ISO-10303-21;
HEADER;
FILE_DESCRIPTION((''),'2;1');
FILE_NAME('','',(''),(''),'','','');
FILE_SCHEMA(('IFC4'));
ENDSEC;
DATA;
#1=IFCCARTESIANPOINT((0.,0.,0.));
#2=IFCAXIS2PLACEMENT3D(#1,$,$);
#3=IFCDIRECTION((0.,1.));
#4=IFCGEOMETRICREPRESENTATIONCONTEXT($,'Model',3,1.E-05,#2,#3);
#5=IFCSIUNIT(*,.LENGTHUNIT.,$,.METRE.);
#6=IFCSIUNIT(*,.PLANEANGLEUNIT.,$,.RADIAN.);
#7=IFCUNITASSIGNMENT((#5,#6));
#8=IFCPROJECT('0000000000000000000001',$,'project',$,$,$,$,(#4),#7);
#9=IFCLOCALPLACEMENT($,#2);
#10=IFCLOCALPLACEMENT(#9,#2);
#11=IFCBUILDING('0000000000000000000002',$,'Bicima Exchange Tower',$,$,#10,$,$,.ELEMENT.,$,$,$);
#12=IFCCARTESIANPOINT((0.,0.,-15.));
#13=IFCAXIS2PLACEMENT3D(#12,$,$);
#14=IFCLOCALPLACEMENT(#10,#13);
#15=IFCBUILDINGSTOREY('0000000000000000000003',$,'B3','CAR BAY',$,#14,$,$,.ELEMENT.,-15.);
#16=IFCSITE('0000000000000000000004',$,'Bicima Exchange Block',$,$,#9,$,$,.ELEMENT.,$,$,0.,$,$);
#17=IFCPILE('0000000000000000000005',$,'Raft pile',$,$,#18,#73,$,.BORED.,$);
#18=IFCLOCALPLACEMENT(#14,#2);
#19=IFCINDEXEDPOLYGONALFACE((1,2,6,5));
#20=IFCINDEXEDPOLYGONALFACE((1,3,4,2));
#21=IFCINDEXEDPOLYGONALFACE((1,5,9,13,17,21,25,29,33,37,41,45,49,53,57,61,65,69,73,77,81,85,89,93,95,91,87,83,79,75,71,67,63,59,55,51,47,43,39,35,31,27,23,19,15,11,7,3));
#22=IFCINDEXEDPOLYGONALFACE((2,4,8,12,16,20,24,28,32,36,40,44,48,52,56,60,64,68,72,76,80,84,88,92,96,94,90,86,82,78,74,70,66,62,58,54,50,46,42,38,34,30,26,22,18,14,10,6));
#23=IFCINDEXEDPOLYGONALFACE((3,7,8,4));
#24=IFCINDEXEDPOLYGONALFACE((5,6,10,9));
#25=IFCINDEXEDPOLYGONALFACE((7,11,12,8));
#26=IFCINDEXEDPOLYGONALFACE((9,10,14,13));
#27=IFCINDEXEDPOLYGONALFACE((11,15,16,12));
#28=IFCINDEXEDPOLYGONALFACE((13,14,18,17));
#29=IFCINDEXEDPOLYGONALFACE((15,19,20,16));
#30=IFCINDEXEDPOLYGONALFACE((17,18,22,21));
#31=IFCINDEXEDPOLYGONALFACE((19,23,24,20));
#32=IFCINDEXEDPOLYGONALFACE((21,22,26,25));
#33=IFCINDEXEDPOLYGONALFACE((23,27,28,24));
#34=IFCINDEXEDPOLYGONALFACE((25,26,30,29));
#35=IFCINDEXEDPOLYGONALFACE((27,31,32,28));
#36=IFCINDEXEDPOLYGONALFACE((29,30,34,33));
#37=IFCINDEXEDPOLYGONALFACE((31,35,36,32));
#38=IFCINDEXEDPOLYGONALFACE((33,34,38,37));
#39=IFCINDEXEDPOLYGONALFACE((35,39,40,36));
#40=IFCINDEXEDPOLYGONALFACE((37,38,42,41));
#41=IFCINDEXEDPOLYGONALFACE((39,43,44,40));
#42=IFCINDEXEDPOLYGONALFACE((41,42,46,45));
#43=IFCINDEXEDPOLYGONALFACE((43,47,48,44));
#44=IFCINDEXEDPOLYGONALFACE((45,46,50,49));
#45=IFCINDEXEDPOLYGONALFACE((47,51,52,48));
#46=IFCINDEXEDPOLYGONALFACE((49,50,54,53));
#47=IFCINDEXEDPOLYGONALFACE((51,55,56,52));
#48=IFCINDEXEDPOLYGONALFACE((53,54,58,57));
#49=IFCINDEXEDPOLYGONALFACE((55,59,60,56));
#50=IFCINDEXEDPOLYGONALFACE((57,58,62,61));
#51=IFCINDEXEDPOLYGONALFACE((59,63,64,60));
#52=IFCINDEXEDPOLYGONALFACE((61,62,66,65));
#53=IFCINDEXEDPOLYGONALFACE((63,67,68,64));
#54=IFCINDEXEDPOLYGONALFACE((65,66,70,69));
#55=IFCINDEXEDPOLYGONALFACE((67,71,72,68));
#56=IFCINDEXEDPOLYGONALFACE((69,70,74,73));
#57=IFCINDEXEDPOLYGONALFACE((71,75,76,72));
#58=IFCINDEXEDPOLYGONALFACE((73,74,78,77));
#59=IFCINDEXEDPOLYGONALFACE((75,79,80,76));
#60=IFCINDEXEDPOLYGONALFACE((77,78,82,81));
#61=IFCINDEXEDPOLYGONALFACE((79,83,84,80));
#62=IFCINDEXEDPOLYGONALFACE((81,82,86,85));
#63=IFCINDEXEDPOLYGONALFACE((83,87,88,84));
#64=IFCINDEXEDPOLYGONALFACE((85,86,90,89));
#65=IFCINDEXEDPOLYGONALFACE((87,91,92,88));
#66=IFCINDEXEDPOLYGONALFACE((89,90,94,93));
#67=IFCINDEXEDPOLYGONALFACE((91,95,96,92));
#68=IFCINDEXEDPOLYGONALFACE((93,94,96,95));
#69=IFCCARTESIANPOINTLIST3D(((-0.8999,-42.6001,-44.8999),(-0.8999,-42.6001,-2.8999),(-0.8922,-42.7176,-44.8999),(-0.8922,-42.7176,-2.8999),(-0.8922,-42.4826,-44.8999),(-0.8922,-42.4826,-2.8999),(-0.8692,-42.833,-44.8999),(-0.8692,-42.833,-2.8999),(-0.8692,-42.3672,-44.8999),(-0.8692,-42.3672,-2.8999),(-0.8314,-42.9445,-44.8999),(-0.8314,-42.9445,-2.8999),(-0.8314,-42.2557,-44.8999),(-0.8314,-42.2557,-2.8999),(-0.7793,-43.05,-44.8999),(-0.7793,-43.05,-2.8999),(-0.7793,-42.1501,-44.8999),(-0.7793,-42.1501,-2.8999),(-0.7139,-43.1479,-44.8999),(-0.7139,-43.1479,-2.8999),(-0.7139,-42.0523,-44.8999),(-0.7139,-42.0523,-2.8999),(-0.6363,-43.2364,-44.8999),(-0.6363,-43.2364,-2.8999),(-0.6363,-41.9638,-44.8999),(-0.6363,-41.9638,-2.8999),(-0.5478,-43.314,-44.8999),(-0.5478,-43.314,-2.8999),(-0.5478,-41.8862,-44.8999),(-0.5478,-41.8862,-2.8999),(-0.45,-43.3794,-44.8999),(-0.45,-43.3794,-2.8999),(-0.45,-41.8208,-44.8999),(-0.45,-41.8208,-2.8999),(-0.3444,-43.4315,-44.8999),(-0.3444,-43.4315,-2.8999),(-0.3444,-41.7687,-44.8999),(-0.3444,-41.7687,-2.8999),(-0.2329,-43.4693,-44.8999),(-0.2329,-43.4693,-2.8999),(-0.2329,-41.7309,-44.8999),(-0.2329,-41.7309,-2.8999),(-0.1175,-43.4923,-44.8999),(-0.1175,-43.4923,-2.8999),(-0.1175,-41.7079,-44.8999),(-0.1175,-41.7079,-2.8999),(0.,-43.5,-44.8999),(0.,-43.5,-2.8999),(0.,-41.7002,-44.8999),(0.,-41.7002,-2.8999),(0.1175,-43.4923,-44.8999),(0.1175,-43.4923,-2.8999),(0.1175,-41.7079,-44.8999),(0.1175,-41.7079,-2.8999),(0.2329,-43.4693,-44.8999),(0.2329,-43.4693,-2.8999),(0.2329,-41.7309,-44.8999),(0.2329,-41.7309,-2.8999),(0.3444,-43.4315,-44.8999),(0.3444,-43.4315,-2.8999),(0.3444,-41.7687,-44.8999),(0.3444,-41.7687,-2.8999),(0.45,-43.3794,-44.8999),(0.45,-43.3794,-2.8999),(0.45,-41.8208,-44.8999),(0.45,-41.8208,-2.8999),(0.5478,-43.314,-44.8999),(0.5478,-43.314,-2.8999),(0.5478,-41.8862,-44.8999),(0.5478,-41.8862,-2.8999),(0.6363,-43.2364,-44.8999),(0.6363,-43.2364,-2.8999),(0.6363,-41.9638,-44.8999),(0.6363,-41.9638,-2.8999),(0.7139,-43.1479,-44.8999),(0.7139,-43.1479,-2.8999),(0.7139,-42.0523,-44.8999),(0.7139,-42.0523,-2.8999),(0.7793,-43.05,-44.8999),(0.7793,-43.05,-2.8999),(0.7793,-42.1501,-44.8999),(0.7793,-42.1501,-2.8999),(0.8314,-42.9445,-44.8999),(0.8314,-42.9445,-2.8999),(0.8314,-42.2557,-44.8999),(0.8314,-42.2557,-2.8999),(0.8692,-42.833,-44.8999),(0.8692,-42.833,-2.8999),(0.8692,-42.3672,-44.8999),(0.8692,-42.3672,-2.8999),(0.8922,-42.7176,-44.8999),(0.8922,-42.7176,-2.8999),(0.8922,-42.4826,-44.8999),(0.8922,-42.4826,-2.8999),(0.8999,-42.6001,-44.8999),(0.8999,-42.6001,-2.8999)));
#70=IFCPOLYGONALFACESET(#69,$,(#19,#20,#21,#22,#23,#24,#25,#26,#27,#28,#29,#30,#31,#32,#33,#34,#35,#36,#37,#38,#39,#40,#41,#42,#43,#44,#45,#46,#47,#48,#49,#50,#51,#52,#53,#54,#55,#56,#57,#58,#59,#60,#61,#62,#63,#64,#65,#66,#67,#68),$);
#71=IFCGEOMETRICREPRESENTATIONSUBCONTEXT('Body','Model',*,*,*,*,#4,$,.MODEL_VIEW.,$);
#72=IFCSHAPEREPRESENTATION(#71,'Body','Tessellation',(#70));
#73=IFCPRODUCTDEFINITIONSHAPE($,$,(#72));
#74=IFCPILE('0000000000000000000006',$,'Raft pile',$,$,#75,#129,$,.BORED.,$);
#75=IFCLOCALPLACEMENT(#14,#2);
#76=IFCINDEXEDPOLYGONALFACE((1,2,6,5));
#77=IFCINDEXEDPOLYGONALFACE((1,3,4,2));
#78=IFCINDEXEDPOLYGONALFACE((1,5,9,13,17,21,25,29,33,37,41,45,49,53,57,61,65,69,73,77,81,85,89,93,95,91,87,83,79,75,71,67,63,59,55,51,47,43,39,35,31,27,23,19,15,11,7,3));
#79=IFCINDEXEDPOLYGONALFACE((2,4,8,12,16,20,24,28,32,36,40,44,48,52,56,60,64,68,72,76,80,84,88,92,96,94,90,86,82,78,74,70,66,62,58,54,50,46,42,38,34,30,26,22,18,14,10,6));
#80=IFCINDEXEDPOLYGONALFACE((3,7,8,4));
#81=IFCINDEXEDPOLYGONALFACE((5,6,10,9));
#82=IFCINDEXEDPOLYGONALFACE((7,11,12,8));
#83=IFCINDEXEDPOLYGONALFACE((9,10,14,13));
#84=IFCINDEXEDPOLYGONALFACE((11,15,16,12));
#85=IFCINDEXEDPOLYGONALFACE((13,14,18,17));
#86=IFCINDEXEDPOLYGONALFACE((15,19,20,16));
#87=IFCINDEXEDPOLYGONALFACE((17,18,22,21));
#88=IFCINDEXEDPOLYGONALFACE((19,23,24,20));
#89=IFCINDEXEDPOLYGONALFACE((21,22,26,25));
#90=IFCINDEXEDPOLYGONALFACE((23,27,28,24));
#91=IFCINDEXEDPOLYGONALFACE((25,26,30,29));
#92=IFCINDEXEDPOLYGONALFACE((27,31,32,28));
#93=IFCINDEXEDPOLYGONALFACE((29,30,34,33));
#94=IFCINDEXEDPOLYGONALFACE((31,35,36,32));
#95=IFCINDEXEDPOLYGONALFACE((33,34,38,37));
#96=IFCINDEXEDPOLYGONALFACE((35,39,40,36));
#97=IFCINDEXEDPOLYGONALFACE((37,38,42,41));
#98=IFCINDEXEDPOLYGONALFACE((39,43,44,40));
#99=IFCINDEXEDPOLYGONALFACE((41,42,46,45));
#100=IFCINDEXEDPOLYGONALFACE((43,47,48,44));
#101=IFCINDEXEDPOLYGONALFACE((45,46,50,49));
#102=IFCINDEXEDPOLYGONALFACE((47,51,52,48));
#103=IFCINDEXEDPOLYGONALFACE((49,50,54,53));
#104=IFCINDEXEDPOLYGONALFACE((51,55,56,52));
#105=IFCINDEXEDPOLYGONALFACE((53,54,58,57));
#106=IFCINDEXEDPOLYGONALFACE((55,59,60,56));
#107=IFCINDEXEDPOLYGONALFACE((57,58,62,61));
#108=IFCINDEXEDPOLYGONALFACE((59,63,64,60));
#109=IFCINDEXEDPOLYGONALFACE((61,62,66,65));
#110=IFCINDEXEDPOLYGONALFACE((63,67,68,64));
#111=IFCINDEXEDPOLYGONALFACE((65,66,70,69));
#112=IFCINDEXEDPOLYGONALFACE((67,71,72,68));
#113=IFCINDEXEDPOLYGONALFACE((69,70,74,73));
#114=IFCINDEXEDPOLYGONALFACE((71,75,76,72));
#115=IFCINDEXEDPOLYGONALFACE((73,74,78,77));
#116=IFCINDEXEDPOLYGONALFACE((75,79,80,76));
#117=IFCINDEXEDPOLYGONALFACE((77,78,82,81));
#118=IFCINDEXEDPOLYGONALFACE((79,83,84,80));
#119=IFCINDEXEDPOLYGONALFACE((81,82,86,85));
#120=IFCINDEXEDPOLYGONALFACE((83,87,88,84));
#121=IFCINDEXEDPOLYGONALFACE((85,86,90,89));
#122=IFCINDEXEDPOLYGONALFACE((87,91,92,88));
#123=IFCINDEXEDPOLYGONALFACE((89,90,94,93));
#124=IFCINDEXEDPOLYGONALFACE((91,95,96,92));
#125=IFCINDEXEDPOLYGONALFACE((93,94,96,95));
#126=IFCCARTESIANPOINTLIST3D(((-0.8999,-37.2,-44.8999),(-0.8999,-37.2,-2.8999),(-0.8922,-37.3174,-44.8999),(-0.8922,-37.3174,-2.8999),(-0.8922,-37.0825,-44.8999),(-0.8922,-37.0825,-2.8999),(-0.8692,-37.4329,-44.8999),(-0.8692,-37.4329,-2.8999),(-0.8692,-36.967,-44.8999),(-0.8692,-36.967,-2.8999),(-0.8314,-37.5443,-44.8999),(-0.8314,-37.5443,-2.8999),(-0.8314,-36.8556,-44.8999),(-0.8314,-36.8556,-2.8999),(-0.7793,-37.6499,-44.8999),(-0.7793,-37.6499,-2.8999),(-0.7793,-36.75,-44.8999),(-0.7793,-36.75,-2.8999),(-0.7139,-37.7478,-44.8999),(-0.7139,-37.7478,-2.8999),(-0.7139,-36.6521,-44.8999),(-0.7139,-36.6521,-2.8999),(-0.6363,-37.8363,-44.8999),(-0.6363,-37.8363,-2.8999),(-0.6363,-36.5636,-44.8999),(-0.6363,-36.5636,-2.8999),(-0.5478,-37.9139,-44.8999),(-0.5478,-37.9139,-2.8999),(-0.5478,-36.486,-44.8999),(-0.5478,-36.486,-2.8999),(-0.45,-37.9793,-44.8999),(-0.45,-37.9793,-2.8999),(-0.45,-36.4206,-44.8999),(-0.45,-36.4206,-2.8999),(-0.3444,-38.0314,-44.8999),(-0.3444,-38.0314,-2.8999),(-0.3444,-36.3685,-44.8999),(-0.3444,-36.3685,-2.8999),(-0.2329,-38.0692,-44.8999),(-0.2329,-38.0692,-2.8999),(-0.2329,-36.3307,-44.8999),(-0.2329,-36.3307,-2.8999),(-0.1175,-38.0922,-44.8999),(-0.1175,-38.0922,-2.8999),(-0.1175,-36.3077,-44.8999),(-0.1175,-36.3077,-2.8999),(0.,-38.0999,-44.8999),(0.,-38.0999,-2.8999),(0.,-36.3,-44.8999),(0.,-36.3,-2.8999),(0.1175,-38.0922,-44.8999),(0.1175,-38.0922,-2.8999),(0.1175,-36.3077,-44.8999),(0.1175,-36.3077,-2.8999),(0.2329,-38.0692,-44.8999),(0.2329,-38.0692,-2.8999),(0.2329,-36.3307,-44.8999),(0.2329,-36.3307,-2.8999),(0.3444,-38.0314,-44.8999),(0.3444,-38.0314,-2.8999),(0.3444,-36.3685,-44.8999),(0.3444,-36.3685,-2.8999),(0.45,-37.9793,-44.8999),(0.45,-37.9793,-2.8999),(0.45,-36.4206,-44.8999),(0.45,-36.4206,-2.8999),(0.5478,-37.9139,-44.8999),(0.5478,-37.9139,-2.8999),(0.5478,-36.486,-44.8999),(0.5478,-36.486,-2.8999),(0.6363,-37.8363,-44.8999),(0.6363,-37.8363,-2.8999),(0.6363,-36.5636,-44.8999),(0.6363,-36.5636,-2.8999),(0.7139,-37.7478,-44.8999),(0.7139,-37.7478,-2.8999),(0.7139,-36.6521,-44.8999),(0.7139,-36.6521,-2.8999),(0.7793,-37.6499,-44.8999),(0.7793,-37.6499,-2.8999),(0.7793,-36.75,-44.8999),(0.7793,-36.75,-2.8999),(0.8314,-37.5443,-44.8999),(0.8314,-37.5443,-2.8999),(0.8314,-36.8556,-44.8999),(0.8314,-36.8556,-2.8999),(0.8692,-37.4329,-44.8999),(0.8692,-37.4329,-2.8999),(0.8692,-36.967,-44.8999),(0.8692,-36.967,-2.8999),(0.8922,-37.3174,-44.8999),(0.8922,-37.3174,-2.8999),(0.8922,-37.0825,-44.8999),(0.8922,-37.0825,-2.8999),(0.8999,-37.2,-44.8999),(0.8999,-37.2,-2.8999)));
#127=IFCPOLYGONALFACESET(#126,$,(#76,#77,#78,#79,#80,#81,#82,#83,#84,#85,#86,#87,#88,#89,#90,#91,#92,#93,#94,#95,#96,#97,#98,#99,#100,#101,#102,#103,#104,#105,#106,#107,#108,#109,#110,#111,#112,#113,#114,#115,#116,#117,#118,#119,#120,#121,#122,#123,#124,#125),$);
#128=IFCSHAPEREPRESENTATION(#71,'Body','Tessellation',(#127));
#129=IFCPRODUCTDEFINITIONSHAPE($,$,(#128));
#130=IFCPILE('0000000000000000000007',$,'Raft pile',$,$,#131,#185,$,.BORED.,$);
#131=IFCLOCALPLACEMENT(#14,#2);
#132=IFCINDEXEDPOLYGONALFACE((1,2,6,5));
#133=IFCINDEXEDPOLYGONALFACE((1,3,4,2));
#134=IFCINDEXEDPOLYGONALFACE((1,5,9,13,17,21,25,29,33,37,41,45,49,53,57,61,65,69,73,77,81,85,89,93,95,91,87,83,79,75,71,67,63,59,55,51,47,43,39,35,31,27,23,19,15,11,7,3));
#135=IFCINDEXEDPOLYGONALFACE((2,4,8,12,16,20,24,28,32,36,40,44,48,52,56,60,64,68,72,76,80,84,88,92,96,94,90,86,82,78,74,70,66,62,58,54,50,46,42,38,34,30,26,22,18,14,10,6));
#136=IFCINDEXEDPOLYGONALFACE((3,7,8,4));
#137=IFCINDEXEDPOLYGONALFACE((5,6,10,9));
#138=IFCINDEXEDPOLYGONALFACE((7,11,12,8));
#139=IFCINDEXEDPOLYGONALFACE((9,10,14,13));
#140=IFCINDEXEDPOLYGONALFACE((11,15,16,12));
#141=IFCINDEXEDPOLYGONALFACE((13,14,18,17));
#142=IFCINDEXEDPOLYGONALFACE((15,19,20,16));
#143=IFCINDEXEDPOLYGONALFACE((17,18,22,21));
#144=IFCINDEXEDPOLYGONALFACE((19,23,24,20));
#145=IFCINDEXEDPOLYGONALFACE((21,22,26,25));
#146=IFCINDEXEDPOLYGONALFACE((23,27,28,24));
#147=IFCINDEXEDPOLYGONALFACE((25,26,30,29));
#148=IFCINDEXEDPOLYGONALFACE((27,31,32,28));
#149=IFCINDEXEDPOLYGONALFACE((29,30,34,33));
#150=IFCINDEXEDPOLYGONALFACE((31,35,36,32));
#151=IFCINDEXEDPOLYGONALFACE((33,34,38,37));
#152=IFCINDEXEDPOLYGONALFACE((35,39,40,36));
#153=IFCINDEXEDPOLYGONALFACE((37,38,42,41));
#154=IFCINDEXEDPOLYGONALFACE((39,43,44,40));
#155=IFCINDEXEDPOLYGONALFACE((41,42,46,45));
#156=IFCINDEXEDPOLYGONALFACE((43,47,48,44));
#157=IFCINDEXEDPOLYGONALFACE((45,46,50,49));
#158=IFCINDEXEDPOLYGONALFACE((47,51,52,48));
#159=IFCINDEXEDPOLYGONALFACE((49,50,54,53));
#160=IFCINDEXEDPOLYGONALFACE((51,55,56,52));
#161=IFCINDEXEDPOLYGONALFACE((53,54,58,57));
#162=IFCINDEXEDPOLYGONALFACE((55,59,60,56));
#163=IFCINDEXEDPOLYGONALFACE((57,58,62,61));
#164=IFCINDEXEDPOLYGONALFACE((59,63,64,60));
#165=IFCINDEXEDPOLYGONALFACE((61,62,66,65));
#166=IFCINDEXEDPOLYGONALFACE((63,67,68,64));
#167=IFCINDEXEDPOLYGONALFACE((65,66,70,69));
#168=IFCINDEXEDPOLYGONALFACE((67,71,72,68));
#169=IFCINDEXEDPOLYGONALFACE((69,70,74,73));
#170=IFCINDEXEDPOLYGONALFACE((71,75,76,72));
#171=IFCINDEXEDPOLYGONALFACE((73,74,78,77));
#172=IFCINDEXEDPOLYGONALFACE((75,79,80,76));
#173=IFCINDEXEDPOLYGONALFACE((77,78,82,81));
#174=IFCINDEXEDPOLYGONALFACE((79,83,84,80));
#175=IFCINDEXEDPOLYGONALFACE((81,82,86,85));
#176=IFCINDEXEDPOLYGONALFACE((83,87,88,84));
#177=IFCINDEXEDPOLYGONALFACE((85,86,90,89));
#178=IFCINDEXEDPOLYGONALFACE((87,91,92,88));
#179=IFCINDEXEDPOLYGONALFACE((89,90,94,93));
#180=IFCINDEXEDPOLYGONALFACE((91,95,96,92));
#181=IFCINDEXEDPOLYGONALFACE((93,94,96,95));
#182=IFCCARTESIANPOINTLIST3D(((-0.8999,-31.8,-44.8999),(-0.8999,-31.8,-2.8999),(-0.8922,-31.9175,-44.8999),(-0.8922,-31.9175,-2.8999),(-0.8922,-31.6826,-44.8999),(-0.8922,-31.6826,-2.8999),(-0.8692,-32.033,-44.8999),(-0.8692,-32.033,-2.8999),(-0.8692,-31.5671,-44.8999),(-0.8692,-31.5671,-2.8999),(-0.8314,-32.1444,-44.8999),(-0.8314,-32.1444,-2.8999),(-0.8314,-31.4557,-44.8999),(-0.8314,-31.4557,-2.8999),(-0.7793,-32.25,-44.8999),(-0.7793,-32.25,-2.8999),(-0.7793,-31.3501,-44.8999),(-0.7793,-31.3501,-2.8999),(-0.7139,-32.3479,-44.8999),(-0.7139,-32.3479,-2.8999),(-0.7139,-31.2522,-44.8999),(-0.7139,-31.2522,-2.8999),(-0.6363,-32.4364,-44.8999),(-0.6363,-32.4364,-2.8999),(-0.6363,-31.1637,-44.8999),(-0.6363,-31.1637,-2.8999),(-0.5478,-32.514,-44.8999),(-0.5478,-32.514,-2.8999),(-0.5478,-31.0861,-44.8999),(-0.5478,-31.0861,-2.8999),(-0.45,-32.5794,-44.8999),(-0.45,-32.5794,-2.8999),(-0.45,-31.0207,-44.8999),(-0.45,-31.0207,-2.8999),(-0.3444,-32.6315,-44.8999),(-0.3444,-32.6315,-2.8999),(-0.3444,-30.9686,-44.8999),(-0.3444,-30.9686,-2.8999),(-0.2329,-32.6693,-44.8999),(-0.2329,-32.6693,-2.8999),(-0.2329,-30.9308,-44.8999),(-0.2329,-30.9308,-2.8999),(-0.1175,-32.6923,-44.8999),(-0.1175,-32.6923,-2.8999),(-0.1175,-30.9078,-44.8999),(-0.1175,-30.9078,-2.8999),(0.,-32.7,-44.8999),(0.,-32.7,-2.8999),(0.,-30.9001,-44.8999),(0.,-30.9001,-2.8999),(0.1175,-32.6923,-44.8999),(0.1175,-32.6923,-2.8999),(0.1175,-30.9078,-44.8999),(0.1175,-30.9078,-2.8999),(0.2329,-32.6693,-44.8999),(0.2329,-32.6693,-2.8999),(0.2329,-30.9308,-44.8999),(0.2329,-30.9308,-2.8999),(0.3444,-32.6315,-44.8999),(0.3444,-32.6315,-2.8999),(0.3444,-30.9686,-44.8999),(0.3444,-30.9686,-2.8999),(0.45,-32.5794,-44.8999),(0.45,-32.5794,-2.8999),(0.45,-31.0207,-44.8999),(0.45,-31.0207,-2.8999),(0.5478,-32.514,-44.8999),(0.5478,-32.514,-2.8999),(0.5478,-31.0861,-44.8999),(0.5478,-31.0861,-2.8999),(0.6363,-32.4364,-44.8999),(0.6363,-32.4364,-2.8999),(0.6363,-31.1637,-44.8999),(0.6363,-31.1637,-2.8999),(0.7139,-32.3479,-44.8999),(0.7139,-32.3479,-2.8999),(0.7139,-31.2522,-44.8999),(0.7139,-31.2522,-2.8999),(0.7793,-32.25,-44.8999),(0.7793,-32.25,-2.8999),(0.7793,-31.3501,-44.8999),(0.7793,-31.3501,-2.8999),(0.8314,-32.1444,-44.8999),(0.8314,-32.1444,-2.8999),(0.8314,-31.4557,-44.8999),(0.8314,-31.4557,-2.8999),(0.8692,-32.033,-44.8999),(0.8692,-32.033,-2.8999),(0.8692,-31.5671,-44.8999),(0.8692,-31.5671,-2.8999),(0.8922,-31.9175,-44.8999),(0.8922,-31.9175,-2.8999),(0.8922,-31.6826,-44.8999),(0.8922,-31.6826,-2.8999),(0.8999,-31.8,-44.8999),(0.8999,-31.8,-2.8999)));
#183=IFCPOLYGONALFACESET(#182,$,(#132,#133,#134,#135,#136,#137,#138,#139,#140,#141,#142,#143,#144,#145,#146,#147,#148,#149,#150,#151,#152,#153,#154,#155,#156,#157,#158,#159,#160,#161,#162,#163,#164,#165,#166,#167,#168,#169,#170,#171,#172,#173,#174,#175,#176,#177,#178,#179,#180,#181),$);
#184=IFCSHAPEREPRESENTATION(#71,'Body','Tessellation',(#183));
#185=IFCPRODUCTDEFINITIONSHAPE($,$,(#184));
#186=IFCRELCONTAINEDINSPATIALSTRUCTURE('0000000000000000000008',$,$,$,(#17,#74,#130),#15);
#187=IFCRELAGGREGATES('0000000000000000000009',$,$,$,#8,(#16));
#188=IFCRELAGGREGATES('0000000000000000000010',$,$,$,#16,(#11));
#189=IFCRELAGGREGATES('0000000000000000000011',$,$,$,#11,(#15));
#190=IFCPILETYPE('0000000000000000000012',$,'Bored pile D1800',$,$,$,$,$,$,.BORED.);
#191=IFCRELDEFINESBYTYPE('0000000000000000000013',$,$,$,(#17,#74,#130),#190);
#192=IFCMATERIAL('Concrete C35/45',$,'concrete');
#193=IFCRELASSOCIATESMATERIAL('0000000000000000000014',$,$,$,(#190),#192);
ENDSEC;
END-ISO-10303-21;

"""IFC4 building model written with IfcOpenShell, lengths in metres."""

from ifc_helpers import new_model, si_unit, direction, frame, origin, origin_2d, place, context, subcontext, project, spatial, circle, extrude, material, material_profile, profile_set, type_object, element, save


model = new_model("IFC4")

# Units and contexts
model_context = context("Model", 3, precision=1e-05, world=origin(), true_north=direction((0.0, 1.0)))
body_context = subcontext(model_context, "Body", "Model", "MODEL_VIEW")
ifc_project = project(units=[si_unit("LENGTHUNIT", "METRE"), si_unit("PLANEANGLEUNIT", "RADIAN")], contexts=[model_context])

# Site, building, storey
site_placement = place(None, origin())
site = spatial("IfcSite", under=ifc_project, at=site_placement, Name="Bicima Exchange Block", CompositionType="ELEMENT", RefElevation=0.0)
building_placement = place(site_placement, origin())
building = spatial("IfcBuilding", under=site, at=building_placement, Name="Bicima Exchange Tower", CompositionType="ELEMENT")
storey_placement = place(building_placement, frame((0.0, 0.0, -15.0)))
storey = spatial("IfcBuildingStorey", under=building, at=storey_placement, Name="B3", Description="CAR BAY", CompositionType="ELEMENT", Elevation=-15.0)

# Piles
ifc_material_1 = material(Name="Concrete C35/45", Category="concrete")
ifc_material_profile_1 = material_profile(ifc_material_1, circle(Radius=0.8999, at=origin_2d()))
ifc_profile_set_1 = profile_set([ifc_material_profile_1], Name="Concrete C35/45")
pile_type = type_object("IfcPileType", Name="Bored pile D1800", PredefinedType="BORED", material=ifc_profile_set_1)
for number, where, z_axis, x_axis, name in (
    (1, (0.0, -42.6001, -2.8999), (0.0, 0.0, -1.0), (1.0, 0.0, 0.0), "Raft pile"),
    (2, (0.0, -37.2, -2.8999), (0.0, 0.0, -1.0), (1.0, 0.0, 0.0), "Raft pile"),
    (3, (0.0, -31.8, -2.8999), (0.0, 0.0, -1.0), (1.0, 0.0, 0.0), "Raft pile"),
):
    element("IfcPile", number, at=place(storey_placement, frame(where, z_axis=z_axis, x_axis=x_axis)), inside=storey, type_object=pile_type, Name=name, PredefinedType="BORED", context=body_context, shape_type="SweptSolid", body=[
        extrude(circle(Radius=0.8999, at=origin_2d()), origin(), (0.0, 0.0, 1.0), 42.0),
    ])

save(model, "model.ifc")
